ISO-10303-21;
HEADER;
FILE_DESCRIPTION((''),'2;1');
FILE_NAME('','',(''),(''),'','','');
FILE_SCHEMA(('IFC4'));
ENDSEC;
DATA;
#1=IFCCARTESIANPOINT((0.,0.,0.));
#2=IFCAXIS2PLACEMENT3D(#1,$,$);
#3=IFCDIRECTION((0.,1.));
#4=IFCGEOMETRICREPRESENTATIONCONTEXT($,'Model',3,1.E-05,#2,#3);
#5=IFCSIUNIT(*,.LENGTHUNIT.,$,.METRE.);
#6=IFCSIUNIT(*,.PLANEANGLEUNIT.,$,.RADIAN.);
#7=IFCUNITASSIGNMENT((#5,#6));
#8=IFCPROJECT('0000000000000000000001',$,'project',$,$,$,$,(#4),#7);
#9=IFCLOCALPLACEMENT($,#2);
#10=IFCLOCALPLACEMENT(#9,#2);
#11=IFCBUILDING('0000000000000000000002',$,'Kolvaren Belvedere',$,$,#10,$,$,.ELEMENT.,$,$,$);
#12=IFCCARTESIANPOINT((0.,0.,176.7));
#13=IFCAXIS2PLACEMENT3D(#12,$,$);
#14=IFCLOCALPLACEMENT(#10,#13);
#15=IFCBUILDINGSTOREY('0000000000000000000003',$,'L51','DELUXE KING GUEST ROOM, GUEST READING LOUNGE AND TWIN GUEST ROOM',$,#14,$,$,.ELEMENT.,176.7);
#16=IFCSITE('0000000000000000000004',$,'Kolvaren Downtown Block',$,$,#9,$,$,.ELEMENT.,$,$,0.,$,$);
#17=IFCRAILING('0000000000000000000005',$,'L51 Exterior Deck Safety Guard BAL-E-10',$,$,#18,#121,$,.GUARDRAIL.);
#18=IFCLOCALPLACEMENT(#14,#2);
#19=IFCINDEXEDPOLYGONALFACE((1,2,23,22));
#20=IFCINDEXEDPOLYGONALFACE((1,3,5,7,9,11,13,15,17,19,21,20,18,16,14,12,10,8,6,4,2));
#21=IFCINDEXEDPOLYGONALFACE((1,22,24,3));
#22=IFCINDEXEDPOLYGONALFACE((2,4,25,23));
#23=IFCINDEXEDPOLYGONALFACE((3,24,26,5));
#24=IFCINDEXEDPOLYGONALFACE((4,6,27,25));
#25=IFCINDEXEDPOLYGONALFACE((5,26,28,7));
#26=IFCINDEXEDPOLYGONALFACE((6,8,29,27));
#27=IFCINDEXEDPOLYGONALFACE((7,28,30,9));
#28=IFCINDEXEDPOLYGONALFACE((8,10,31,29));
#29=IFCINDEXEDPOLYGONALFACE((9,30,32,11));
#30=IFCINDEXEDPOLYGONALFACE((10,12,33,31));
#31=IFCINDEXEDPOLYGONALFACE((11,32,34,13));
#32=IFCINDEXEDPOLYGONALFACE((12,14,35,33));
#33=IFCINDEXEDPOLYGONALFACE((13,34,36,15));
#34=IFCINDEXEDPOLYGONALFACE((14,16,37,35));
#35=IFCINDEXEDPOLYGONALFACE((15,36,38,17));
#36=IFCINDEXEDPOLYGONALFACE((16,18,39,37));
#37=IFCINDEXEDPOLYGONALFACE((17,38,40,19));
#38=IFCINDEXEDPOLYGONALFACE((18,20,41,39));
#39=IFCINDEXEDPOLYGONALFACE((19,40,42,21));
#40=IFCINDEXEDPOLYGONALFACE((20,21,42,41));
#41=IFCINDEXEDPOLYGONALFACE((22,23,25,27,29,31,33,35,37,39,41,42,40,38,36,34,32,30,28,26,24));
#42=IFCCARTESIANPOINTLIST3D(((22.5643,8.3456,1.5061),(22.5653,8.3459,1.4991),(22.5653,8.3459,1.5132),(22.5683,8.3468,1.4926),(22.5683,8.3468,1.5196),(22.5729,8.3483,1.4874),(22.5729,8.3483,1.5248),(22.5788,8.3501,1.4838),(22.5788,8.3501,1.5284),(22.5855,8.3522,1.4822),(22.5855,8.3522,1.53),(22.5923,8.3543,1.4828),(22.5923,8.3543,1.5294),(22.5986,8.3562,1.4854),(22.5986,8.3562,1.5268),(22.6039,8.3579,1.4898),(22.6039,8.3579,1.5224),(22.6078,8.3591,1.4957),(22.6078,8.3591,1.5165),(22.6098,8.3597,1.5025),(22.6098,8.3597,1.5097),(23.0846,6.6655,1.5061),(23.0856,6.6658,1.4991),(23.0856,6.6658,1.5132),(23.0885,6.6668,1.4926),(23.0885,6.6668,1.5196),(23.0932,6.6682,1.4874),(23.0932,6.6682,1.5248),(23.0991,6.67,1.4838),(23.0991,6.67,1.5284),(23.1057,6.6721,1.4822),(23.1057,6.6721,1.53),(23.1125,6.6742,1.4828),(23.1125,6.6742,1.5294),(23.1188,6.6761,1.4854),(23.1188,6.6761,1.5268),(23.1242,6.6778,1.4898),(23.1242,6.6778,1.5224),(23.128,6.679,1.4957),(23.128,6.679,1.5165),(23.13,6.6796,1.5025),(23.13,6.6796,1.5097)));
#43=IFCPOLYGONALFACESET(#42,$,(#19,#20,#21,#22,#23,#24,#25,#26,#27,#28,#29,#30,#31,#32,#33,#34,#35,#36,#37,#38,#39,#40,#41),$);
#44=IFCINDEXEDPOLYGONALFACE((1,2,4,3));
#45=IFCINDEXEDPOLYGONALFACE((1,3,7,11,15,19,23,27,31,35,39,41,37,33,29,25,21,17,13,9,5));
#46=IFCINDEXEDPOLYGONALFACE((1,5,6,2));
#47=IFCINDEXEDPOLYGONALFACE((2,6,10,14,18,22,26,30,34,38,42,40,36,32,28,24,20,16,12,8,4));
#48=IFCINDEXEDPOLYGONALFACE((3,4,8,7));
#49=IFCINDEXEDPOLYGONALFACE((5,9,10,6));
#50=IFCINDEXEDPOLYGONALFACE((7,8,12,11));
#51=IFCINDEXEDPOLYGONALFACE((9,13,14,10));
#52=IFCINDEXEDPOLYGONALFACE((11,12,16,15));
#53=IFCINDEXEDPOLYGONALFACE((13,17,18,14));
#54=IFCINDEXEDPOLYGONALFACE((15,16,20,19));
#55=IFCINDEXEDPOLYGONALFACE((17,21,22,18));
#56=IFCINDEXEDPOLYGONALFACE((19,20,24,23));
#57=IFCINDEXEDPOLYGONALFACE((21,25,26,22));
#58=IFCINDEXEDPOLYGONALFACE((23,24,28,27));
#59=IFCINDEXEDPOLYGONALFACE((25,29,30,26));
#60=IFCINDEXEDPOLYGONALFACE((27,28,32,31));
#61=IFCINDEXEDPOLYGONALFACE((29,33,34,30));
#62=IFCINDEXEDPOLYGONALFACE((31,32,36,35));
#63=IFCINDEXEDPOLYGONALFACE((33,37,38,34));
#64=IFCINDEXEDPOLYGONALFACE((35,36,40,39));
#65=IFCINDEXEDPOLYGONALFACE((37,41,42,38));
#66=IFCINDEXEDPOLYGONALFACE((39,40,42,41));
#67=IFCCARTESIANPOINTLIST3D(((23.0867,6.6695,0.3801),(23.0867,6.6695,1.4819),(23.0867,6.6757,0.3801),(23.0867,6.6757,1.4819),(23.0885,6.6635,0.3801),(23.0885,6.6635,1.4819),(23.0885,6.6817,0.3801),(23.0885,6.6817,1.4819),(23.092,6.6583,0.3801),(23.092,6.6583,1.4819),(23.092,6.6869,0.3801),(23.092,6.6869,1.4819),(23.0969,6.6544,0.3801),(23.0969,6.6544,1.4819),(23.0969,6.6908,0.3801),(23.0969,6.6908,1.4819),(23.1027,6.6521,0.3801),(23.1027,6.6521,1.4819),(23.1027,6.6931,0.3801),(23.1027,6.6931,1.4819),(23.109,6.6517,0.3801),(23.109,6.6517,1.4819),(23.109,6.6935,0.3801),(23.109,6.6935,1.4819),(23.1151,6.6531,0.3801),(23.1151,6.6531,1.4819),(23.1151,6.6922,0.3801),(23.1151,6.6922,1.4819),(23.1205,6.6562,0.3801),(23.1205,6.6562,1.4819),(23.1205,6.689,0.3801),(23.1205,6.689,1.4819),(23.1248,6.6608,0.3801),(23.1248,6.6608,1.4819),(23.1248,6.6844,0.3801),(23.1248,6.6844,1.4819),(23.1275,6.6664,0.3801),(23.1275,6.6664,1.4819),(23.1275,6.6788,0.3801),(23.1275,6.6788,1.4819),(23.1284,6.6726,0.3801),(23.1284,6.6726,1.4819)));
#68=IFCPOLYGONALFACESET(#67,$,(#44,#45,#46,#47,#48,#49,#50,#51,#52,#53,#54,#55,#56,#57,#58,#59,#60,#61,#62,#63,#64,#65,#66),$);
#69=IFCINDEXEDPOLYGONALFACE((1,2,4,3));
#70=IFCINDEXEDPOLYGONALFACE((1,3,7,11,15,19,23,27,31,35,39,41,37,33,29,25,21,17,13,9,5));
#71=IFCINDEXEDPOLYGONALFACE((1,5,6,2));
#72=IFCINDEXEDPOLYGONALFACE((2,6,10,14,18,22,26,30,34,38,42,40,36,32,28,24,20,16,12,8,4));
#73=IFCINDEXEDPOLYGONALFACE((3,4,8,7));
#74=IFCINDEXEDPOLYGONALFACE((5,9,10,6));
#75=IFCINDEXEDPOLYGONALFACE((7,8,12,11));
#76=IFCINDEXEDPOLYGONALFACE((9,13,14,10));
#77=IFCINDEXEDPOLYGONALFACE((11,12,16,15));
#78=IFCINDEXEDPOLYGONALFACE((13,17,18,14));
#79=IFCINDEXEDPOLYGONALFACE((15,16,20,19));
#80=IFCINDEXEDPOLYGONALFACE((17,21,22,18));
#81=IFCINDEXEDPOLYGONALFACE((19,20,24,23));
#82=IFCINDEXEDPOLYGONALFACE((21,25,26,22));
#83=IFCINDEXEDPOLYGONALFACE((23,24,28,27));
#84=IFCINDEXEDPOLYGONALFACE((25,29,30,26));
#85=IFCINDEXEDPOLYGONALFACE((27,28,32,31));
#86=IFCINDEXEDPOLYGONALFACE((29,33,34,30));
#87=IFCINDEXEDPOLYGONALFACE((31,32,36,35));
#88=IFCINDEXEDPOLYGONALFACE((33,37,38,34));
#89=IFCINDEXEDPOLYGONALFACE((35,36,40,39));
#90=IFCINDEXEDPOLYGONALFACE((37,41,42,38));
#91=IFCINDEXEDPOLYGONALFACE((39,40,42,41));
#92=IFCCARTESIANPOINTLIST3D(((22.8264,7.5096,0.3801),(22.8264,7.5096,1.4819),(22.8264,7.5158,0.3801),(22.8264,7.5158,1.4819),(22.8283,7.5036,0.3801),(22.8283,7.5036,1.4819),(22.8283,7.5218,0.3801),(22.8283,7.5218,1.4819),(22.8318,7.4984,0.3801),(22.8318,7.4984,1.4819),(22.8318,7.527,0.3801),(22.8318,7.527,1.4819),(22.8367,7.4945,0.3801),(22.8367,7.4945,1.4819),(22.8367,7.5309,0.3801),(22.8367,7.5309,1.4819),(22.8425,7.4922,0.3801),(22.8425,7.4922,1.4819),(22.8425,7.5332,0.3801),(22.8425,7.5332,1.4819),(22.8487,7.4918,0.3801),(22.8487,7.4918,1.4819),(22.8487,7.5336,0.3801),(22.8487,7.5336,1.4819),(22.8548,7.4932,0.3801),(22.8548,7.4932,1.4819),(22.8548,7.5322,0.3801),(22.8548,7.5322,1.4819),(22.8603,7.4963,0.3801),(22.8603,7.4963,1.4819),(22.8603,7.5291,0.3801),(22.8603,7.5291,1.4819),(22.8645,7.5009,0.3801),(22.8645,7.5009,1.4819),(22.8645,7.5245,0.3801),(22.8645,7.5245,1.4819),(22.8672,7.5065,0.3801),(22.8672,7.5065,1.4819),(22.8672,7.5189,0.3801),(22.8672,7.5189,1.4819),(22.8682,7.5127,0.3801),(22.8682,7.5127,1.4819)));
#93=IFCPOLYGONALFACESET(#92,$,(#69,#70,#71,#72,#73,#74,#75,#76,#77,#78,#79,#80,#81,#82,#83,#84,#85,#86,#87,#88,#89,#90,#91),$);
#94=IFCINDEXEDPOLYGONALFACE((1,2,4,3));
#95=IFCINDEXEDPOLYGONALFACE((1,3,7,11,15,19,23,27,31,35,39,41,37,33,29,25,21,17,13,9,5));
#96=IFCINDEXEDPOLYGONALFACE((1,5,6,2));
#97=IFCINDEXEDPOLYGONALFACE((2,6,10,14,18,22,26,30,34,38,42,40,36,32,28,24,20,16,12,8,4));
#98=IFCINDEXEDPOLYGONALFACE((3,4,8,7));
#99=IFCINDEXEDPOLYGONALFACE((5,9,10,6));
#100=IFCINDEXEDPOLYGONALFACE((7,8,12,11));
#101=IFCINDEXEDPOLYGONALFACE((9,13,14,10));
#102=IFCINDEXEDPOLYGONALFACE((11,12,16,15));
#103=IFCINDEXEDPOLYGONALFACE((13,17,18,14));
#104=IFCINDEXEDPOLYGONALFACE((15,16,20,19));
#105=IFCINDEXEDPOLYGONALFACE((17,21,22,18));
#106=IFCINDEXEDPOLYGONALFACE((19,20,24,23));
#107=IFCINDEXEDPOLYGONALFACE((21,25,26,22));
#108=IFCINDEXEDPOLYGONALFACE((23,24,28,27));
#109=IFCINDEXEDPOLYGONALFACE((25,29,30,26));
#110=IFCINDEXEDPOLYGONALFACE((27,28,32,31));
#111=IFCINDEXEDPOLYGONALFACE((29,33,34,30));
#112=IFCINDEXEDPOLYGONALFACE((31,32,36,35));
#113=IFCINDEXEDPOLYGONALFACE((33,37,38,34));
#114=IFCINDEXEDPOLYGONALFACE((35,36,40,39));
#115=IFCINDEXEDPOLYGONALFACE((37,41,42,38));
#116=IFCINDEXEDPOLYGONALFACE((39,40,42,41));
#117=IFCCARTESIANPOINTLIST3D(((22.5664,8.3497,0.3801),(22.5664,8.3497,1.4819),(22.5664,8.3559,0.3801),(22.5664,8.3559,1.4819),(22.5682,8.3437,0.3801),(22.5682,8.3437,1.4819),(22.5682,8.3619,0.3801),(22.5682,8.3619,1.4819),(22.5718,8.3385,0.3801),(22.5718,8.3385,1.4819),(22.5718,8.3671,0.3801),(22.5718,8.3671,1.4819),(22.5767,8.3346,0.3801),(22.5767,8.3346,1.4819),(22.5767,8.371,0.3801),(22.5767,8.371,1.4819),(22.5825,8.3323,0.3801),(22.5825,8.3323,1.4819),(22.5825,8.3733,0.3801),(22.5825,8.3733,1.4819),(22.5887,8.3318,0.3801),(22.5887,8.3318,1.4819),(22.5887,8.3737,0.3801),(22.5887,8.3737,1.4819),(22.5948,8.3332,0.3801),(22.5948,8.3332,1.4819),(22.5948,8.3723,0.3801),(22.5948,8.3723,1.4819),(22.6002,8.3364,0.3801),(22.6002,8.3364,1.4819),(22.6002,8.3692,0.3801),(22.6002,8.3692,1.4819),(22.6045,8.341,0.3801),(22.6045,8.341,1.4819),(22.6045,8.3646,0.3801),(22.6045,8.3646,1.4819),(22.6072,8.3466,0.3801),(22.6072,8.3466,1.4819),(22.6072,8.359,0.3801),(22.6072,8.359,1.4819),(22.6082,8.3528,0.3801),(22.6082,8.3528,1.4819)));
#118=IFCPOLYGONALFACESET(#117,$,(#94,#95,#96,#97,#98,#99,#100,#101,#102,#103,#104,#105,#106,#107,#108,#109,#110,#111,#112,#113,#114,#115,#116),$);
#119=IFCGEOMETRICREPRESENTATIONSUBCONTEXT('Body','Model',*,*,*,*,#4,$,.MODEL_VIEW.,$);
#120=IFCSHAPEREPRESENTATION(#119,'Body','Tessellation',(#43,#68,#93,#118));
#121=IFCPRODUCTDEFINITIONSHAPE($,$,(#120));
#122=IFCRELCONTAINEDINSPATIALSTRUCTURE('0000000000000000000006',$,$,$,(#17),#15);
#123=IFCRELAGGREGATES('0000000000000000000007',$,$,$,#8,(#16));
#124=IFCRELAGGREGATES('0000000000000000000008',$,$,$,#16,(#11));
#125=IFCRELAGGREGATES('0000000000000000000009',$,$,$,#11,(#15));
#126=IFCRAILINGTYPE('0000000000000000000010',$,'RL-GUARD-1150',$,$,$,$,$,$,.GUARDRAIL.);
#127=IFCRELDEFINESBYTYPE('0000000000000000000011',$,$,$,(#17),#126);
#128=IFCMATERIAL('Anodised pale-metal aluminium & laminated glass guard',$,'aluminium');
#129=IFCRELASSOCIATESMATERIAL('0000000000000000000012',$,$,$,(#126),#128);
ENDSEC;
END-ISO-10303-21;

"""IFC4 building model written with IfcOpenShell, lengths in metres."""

from ifc_helpers import new_model, si_unit, direction, frame, origin, origin_2d, place, context, subcontext, project, spatial, circle, extrude, material, type_object, element, save


model = new_model("IFC4")

# Units and contexts
model_context = context("Model", 3, precision=1e-05, world=origin(), true_north=direction((0.0, 1.0)))
body_context = subcontext(model_context, "Body", "Model", "MODEL_VIEW")
ifc_project = project(units=[si_unit("LENGTHUNIT", "METRE"), si_unit("PLANEANGLEUNIT", "RADIAN")], contexts=[model_context])

# Site, building, storey
site_placement = place(None, origin())
site = spatial("IfcSite", under=ifc_project, at=site_placement, Name="Kolvaren Downtown Block", CompositionType="ELEMENT", RefElevation=0.0)
building_placement = place(site_placement, origin())
building = spatial("IfcBuilding", under=site, at=building_placement, Name="Kolvaren Belvedere", CompositionType="ELEMENT")
storey_placement = place(building_placement, frame((0.0, 0.0, 176.7)))
storey = spatial("IfcBuildingStorey", under=building, at=storey_placement, Name="L51", Description="DELUXE KING GUEST ROOM, GUEST READING LOUNGE AND TWIN GUEST ROOM", CompositionType="ELEMENT", Elevation=176.7)

# Railing
ifc_material_1 = material(Name="Anodised pale-metal aluminium & laminated glass guard", Category="aluminium")
railing_type = type_object("IfcRailingType", Name="RL-GUARD-1150", PredefinedType="GUARDRAIL", material=ifc_material_1)
railing_1_placement = place(storey_placement, frame((23.1074, 6.6726, 0.3801)))
element("IfcRailing", 1, at=railing_1_placement, inside=storey, type_object=railing_type, Name="L51 Exterior Deck Safety Guard BAL-E-10", PredefinedType="GUARDRAIL", context=body_context, shape_type="SweptSolid", body=[
    extrude(circle(Radius=0.0239, at=origin_2d()), frame((0.0, 0.0, 1.126), z_axis=(-0.295792, 0.955252, 0.0), x_axis=(-0.955252, -0.295792, 0.0)), (0.0, 0.0, 1.0), 1.7588),
    extrude(circle(Radius=0.021, at=origin_2d()), origin(), (0.0, 0.0, 1.0), 1.1018),
    extrude(circle(Radius=0.021, at=origin_2d()), frame((-0.2603, 0.8401, 0.0)), (0.0, 0.0, 1.0), 1.1018),
    extrude(circle(Radius=0.021, at=origin_2d()), frame((-0.5203, 1.6802, 0.0)), (0.0, 0.0, 1.0), 1.1018),
])

save(model, "model.ifc")
